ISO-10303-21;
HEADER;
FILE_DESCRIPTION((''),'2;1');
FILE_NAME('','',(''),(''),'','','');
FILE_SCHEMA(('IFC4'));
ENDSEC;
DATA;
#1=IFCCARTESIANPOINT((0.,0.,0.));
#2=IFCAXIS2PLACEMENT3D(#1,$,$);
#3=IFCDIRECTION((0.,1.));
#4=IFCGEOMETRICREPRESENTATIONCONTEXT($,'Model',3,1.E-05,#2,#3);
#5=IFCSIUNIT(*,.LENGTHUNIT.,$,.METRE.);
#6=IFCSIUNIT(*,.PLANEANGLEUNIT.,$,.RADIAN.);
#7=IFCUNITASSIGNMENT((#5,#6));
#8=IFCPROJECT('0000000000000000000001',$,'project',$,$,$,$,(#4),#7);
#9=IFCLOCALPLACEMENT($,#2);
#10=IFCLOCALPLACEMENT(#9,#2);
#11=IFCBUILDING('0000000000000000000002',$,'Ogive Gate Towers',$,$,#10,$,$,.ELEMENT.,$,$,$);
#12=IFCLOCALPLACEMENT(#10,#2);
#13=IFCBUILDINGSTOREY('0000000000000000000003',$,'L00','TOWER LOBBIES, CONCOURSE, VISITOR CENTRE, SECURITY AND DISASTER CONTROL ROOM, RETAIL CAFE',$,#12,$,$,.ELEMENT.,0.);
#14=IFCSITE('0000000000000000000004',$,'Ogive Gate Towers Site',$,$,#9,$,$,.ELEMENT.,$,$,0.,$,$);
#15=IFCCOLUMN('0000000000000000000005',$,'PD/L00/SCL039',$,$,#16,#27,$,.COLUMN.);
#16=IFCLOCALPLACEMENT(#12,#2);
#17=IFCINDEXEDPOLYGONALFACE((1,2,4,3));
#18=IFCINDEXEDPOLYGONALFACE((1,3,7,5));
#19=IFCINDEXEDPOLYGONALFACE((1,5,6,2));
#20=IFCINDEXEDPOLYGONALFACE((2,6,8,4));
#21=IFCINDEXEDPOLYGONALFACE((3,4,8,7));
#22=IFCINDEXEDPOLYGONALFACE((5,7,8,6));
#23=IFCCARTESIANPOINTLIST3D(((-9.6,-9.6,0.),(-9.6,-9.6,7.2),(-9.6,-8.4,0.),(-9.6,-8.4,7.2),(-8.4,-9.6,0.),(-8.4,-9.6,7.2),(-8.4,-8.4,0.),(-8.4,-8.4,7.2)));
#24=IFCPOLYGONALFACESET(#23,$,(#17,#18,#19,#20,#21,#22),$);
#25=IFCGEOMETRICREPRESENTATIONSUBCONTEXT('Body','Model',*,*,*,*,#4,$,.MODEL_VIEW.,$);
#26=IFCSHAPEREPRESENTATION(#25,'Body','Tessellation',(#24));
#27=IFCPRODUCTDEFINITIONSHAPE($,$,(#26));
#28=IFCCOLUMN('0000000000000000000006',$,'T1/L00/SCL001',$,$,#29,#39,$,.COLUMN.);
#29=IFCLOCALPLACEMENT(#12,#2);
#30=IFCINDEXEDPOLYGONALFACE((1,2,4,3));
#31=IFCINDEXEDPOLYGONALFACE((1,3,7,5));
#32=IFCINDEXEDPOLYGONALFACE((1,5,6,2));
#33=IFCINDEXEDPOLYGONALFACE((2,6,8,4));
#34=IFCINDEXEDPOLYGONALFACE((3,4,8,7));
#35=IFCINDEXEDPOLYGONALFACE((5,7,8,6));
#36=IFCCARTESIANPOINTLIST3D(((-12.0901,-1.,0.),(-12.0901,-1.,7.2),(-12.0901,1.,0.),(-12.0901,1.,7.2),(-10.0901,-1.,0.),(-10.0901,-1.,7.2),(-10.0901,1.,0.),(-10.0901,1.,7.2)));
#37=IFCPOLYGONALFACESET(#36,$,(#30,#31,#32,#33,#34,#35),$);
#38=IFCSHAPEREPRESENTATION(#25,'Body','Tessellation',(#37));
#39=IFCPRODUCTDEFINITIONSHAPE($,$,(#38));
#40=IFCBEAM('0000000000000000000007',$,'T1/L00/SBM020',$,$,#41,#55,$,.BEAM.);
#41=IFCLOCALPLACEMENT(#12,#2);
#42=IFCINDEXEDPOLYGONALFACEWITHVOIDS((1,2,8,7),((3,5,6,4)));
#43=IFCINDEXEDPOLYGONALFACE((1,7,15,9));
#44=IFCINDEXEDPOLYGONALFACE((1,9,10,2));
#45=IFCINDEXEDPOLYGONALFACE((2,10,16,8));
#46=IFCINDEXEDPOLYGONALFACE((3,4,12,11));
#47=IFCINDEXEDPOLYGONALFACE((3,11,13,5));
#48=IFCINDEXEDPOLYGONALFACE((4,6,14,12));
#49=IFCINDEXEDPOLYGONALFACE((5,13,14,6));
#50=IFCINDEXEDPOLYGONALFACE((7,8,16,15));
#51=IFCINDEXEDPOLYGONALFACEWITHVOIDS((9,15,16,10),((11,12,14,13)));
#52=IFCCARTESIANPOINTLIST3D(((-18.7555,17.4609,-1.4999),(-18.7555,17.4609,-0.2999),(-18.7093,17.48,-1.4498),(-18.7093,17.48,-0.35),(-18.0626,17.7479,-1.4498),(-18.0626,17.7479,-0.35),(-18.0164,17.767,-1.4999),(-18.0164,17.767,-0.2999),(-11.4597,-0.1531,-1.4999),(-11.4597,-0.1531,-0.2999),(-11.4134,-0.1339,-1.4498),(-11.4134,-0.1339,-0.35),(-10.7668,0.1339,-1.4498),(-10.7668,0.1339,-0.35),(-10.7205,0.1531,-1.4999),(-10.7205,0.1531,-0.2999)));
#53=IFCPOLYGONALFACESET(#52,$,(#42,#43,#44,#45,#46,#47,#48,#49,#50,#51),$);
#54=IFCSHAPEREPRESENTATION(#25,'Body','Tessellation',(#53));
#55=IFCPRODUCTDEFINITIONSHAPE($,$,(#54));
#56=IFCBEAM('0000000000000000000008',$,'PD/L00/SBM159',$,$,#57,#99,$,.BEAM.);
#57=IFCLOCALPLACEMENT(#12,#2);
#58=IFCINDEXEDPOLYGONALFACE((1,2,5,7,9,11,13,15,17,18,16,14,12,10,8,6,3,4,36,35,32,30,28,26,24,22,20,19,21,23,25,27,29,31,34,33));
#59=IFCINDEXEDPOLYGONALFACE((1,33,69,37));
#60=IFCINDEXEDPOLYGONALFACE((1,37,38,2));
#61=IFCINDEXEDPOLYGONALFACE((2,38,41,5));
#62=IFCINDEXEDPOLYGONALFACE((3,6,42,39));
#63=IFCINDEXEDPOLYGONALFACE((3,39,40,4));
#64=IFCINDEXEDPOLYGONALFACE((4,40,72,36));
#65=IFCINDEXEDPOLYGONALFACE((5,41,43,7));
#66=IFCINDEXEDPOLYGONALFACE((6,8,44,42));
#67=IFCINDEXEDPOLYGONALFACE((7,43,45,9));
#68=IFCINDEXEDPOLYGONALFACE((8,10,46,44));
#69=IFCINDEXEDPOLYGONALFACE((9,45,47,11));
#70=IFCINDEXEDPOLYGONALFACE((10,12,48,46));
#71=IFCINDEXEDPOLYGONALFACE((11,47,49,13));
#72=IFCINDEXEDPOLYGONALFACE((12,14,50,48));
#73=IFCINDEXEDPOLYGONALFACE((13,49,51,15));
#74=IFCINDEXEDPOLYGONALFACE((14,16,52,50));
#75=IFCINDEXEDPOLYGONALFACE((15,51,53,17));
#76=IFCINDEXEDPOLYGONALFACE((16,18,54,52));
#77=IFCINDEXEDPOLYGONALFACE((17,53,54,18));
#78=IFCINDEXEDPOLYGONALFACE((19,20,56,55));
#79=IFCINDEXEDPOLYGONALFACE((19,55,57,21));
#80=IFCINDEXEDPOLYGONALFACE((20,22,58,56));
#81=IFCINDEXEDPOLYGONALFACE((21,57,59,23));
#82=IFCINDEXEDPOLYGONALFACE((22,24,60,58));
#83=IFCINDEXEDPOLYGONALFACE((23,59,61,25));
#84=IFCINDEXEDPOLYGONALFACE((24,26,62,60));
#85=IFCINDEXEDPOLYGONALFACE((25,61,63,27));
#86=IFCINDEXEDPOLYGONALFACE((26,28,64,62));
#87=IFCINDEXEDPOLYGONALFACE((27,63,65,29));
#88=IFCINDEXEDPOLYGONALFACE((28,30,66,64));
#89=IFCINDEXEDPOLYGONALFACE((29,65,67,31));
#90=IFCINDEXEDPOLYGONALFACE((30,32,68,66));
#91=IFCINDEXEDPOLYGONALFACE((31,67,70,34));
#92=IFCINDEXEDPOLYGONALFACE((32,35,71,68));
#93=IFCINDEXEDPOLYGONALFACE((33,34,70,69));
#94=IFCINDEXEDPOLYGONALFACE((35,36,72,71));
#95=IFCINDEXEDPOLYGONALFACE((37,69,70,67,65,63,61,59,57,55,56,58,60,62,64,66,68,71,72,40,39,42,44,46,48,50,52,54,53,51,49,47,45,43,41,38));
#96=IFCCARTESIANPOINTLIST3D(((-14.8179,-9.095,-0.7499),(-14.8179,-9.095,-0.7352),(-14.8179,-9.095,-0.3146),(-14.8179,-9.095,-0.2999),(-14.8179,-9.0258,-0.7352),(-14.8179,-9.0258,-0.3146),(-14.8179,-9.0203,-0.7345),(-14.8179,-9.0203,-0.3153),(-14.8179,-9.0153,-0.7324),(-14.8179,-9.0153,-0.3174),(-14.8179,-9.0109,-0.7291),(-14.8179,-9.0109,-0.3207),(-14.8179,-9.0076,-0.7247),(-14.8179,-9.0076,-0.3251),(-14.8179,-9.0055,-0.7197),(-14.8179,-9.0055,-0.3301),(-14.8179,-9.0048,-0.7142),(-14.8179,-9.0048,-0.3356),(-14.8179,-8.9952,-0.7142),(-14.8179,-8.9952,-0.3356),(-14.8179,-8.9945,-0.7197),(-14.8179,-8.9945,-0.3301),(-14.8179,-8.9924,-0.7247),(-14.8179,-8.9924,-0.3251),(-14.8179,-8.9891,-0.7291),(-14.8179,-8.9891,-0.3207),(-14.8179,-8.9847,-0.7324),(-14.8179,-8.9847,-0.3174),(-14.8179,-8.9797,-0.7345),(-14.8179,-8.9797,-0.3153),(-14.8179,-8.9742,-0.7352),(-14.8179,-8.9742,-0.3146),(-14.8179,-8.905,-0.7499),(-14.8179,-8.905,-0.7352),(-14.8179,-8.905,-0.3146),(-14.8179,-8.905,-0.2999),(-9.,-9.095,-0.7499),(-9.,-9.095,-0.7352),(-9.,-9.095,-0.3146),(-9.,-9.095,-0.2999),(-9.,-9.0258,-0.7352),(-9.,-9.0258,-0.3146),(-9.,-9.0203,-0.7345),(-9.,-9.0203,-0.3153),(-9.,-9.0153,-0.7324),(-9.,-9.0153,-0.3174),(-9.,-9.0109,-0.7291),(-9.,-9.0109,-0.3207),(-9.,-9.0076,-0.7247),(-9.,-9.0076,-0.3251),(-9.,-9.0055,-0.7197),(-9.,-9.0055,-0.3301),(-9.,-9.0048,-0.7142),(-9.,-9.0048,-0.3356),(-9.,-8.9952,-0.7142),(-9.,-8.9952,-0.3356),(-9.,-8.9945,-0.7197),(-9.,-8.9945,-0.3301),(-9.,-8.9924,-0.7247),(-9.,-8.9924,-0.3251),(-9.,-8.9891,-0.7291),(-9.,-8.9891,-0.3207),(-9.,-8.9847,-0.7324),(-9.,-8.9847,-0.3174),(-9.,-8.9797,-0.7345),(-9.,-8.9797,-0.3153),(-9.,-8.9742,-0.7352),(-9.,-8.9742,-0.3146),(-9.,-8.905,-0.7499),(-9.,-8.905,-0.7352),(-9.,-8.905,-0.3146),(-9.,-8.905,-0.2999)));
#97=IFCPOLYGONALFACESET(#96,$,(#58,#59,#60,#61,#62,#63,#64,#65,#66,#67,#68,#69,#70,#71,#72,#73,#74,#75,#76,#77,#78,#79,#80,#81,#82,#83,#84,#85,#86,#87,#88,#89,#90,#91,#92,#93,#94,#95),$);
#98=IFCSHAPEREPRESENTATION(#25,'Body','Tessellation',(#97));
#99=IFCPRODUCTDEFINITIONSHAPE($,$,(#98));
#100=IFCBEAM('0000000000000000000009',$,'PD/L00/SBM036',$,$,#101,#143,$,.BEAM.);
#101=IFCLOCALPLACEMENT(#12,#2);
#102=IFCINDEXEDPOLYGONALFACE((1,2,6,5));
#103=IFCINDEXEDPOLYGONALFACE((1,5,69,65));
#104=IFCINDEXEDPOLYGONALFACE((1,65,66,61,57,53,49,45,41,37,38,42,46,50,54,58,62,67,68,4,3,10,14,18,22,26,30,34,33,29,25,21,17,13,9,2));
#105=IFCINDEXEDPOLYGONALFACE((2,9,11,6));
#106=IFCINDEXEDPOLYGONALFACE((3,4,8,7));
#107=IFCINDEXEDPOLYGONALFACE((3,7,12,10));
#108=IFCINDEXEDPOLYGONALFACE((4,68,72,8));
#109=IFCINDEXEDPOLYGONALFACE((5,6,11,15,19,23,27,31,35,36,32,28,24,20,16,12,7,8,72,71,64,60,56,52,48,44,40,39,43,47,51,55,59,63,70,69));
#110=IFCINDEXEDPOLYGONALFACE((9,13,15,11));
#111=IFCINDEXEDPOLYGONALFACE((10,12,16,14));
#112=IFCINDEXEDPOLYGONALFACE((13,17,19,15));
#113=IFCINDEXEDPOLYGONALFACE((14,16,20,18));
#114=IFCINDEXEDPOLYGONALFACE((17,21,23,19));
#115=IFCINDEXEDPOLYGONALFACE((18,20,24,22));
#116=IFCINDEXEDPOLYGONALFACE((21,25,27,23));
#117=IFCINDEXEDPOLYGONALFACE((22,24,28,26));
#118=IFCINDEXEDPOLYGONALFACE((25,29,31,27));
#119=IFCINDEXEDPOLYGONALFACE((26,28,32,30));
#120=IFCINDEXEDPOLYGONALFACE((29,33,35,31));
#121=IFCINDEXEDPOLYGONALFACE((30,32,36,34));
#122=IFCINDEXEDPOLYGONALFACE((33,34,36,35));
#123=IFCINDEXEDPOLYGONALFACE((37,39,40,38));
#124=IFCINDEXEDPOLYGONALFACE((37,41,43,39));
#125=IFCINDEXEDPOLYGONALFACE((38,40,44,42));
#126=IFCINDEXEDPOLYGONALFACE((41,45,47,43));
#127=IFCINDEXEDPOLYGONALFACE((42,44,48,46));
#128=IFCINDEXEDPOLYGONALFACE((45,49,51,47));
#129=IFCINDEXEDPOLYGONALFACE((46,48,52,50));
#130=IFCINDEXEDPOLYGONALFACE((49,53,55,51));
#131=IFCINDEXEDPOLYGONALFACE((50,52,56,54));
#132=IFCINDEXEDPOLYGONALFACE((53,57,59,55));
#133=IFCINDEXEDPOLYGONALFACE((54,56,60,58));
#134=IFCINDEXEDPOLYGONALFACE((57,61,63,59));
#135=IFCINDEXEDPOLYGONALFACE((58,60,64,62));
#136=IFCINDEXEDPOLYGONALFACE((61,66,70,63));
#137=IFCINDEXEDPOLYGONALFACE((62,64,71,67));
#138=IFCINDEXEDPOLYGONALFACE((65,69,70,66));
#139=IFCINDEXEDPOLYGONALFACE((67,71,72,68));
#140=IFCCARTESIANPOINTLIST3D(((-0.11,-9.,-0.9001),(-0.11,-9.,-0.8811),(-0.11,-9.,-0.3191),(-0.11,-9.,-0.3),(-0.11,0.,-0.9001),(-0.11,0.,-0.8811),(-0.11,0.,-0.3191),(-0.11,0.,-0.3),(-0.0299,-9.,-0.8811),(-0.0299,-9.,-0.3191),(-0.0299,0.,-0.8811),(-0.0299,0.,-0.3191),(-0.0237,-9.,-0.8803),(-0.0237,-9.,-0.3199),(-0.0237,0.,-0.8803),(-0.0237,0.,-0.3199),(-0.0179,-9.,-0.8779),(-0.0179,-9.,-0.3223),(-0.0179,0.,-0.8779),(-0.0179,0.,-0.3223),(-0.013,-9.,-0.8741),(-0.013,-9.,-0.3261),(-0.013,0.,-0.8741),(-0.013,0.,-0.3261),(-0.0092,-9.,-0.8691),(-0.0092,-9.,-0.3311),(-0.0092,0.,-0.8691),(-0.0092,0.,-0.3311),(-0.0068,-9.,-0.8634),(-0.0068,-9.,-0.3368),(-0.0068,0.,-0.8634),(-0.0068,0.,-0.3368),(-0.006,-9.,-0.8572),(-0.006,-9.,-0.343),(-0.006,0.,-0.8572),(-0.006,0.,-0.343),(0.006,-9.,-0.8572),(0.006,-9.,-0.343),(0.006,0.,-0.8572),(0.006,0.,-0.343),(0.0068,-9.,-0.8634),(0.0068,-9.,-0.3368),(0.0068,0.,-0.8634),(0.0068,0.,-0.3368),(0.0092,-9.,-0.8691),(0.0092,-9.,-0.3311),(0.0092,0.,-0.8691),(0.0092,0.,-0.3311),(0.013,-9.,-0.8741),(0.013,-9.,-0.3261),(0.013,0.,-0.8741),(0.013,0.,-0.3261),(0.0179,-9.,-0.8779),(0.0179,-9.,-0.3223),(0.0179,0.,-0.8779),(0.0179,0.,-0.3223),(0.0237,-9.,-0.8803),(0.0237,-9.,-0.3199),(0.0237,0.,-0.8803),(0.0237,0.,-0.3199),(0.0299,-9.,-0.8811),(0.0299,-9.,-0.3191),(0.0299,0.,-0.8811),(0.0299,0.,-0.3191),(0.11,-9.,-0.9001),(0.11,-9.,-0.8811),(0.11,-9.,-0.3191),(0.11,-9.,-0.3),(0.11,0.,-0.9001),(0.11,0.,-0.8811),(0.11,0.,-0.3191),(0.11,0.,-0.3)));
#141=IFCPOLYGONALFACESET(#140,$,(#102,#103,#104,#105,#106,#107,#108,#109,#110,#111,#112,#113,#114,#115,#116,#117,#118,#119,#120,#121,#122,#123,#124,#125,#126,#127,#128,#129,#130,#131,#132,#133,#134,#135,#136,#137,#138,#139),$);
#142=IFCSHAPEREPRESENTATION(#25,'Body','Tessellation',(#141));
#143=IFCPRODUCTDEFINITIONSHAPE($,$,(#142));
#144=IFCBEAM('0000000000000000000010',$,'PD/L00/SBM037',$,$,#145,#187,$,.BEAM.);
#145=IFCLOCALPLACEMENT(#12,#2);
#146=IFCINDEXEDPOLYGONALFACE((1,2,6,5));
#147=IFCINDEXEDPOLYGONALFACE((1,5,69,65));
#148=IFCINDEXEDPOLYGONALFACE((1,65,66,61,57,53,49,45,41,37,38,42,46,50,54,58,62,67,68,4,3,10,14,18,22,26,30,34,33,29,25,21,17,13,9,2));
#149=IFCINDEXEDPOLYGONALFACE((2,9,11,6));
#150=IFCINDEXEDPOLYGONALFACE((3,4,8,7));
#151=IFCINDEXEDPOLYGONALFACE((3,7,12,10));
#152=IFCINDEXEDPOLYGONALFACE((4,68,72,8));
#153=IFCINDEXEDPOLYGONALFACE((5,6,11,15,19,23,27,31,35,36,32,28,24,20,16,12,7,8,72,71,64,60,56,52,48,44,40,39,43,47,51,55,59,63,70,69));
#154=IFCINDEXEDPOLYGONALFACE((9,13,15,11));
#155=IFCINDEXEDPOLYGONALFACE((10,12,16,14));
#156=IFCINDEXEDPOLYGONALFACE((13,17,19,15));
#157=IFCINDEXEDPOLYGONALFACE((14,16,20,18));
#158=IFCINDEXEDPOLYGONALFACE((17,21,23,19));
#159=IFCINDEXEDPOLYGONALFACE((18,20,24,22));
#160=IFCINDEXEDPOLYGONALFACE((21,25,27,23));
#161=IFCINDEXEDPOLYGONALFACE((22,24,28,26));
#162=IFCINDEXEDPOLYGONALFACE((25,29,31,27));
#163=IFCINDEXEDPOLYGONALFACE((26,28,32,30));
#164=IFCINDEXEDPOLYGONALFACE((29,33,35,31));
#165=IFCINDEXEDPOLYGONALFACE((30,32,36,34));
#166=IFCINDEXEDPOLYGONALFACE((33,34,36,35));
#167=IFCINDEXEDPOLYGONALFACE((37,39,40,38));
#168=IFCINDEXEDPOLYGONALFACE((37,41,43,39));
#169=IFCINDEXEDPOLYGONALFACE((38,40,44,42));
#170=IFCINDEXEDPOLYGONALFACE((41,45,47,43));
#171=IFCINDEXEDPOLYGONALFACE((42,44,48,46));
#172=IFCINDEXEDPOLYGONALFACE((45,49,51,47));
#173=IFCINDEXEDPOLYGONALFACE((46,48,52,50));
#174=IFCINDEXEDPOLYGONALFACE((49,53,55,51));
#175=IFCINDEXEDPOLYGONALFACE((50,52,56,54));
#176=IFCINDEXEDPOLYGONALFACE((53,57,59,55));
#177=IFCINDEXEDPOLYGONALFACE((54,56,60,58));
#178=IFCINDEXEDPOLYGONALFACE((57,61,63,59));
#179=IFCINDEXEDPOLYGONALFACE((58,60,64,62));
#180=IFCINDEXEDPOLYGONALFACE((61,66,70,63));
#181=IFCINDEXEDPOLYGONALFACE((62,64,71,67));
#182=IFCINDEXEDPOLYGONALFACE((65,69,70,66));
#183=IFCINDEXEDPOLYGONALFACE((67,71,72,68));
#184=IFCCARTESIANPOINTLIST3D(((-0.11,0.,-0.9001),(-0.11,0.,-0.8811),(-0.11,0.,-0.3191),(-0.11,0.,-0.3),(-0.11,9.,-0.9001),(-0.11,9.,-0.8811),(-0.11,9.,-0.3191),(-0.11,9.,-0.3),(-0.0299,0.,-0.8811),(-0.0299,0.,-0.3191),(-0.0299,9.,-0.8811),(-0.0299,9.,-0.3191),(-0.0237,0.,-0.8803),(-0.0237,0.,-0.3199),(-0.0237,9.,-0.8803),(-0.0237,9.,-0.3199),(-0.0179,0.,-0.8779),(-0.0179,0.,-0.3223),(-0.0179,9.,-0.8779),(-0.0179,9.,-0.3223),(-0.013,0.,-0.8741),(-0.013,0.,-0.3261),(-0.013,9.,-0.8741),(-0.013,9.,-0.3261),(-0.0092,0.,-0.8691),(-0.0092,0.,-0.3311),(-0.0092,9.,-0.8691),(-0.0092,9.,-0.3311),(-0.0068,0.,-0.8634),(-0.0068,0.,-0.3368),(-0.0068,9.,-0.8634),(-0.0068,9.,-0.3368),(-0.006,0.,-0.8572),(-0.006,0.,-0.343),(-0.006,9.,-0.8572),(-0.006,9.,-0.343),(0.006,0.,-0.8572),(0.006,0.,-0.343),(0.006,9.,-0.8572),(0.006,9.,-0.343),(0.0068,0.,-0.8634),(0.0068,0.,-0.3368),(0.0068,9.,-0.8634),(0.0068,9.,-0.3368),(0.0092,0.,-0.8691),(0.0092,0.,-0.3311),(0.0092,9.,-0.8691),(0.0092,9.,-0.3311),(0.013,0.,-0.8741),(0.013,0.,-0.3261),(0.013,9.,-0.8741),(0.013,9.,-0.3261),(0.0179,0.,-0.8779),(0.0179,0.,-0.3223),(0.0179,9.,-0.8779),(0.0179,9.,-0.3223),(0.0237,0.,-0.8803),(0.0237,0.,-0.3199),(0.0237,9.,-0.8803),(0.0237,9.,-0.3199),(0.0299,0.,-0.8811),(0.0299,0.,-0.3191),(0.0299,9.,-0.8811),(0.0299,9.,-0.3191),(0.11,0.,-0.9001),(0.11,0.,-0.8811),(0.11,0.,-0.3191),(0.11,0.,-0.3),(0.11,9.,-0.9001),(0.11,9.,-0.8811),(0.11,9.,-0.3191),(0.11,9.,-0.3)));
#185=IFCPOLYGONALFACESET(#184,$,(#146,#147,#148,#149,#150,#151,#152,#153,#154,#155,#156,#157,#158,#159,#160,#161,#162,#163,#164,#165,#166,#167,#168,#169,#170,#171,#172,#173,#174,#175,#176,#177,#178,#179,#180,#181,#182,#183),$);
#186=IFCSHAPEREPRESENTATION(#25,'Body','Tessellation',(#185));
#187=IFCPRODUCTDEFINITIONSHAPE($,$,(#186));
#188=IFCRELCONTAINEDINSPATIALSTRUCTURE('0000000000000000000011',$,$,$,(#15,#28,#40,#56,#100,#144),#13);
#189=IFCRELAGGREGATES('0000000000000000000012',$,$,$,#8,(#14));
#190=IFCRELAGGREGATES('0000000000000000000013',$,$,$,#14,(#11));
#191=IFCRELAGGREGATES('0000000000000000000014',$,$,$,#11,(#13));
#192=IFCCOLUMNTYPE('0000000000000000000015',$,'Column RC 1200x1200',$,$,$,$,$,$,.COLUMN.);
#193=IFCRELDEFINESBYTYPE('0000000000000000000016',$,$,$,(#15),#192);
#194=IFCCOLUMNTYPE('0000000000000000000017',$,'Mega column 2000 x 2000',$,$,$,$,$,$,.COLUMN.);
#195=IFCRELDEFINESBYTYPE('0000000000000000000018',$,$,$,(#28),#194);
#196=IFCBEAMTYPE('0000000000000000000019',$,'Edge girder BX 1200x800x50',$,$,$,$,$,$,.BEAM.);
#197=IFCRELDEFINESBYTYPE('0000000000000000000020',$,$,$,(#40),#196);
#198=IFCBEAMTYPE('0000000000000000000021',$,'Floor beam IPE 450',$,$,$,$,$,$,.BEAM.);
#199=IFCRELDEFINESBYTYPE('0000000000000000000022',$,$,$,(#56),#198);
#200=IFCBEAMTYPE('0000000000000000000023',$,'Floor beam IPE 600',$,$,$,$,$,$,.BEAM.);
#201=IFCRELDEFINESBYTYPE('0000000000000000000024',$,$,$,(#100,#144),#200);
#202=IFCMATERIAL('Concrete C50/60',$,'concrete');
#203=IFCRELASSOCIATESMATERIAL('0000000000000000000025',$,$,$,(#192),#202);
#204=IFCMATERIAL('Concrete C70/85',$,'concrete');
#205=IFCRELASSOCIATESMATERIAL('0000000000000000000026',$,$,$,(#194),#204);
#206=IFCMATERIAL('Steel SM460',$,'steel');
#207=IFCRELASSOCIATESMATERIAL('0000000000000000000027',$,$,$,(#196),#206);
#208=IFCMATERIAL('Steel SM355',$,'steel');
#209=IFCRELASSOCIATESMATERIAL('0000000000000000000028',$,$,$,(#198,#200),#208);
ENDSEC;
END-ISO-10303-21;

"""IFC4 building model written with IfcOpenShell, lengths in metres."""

from ifc_helpers import new_model, si_unit, direction, frame, origin, origin_2d, place, context, subcontext, project, spatial, rectangle, hollow_rectangle, i_section, extrude, material, material_profile, profile_set, type_object, element, save


model = new_model("IFC4")

# Units and contexts
model_context = context("Model", 3, precision=1e-05, world=origin(), true_north=direction((0.0, 1.0)))
body_context = subcontext(model_context, "Body", "Model", "MODEL_VIEW")
ifc_project = project(units=[si_unit("LENGTHUNIT", "METRE"), si_unit("PLANEANGLEUNIT", "RADIAN")], contexts=[model_context])

# Site, building, storey
site_placement = place(None, origin())
site = spatial("IfcSite", under=ifc_project, at=site_placement, Name="Ogive Gate Towers Site", CompositionType="ELEMENT", RefElevation=0.0)
building_placement = place(site_placement, origin())
building = spatial("IfcBuilding", under=site, at=building_placement, Name="Ogive Gate Towers", CompositionType="ELEMENT")
storey_placement = place(building_placement, origin())
storey = spatial("IfcBuildingStorey", under=building, at=storey_placement, Name="L00", Description="TOWER LOBBIES, CONCOURSE, VISITOR CENTRE, SECURITY AND DISASTER CONTROL ROOM, RETAIL CAFE", CompositionType="ELEMENT", Elevation=0.0)

# Columns
ifc_material_1 = material(Name="Concrete C50/60", Category="concrete")
ifc_material_profile_1 = material_profile(ifc_material_1, rectangle(XDim=1.2, YDim=1.2, at=origin_2d()), Name="RC 1200x1200")
ifc_profile_set_1 = profile_set([ifc_material_profile_1], Name="Concrete C50/60")
column_type_1 = type_object("IfcColumnType", Name="Column RC 1200x1200", PredefinedType="COLUMN", material=ifc_profile_set_1)
column_1_placement = place(storey_placement, frame((-9.0, -9.0, 0.0), z_axis=(0.0, 0.0, 1.0), x_axis=(1.0, 0.0, 0.0)))
element("IfcColumn", 1, at=column_1_placement, inside=storey, type_object=column_type_1, Name="PD/L00/SCL039", PredefinedType="COLUMN", context=body_context, shape_type="SweptSolid", body=[
    extrude(rectangle(XDim=1.2, YDim=1.2, at=origin_2d()), origin(), (0.0, 0.0, 1.0), 7.2),
])
ifc_material_2 = material(Name="Concrete C70/85", Category="concrete")
ifc_material_profile_2 = material_profile(ifc_material_2, rectangle(XDim=2.0, YDim=2.0, at=origin_2d()), Name="RC 2000x2000")
ifc_profile_set_2 = profile_set([ifc_material_profile_2], Name="Concrete C70/85")
column_type_2 = type_object("IfcColumnType", Name="Mega column 2000 x 2000", PredefinedType="COLUMN", material=ifc_profile_set_2)
column_2_placement = place(storey_placement, frame((-11.0901, 0.0, 0.0), z_axis=(0.0, 0.0, 1.0), x_axis=(1.0, 0.0, 0.0)))
element("IfcColumn", 2, at=column_2_placement, inside=storey, type_object=column_type_2, Name="T1/L00/SCL001", PredefinedType="COLUMN", context=body_context, shape_type="SweptSolid", body=[
    extrude(rectangle(XDim=2.0, YDim=2.0, at=origin_2d()), origin(), (0.0, 0.0, 1.0), 7.2),
])

# Beams
ifc_material_3 = material(Name="Steel SM460", Category="steel")
ifc_material_profile_3 = material_profile(ifc_material_3, hollow_rectangle(XDim=0.8, YDim=1.2, WallThickness=0.05, at=origin_2d()), Name="BX 1200x800x50")
ifc_profile_set_3 = profile_set([ifc_material_profile_3], Name="Steel SM460")
beam_type_1 = type_object("IfcBeamType", Name="Edge girder BX 1200x800x50", PredefinedType="BEAM", material=ifc_profile_set_3)
beam_1_placement = place(storey_placement, frame((-11.0901, 0.0, -0.8999), z_axis=(-0.382681, 0.923881, 0.0), x_axis=(-0.923881, -0.382681, 0.0)))
element("IfcBeam", 3, at=beam_1_placement, inside=storey, type_object=beam_type_1, Name="T1/L00/SBM020", PredefinedType="BEAM", context=body_context, shape_type="SweptSolid", body=[
    extrude(hollow_rectangle(XDim=0.8, YDim=1.2, WallThickness=0.05, at=origin_2d()), origin(), (0.0, 0.0, 1.0), 19.0652),
])
ifc_material_4 = material(Name="Steel SM355", Category="steel")
ifc_material_profile_4 = material_profile(ifc_material_4, i_section(OverallWidth=0.1899, OverallDepth=0.45, WebThickness=0.0095, FlangeThickness=0.0146, FilletRadius=0.021, at=origin_2d()), Name="IPE 450")
ifc_profile_set_4 = profile_set([ifc_material_profile_4], Name="Steel SM355")
beam_type_2 = type_object("IfcBeamType", Name="Floor beam IPE 450", PredefinedType="BEAM", material=ifc_profile_set_4)
beam_2_placement = place(storey_placement, frame((-9.0, -9.0, -0.5249), z_axis=(-1.0, 0.0, 0.0), x_axis=(0.0, -1.0, 0.0)))
element("IfcBeam", 4, at=beam_2_placement, inside=storey, type_object=beam_type_2, Name="PD/L00/SBM159", PredefinedType="BEAM", context=body_context, shape_type="SweptSolid", body=[
    extrude(i_section(OverallWidth=0.1899, OverallDepth=0.45, WebThickness=0.0095, FlangeThickness=0.0146, FilletRadius=0.021, at=origin_2d()), origin(), (0.0, 0.0, 1.0), 5.8179),
])
ifc_material_profile_5 = material_profile(ifc_material_4, i_section(OverallWidth=0.22, OverallDepth=0.6001, WebThickness=0.012, FlangeThickness=0.019, FilletRadius=0.0239, at=origin_2d()), Name="IPE 600")
ifc_profile_set_5 = profile_set([ifc_material_profile_5], Name="Steel SM355")
beam_type_3 = type_object("IfcBeamType", Name="Floor beam IPE 600", PredefinedType="BEAM", material=ifc_profile_set_5)
for number, where, z_axis, x_axis, name in (
    (5, (0.0, -9.0, -0.6001), (0.0, 1.0, 0.0), (-1.0, 0.0, 0.0), "PD/L00/SBM036"),
    (6, (0.0, 0.0, -0.6001), (0.0, 1.0, 0.0), (-1.0, 0.0, 0.0), "PD/L00/SBM037"),
):
    element("IfcBeam", number, at=place(storey_placement, frame(where, z_axis=z_axis, x_axis=x_axis)), inside=storey, type_object=beam_type_3, Name=name, PredefinedType="BEAM", context=body_context, shape_type="SweptSolid", body=[
        extrude(i_section(OverallWidth=0.22, OverallDepth=0.6001, WebThickness=0.012, FlangeThickness=0.019, FilletRadius=0.0239, at=origin_2d()), origin(), (0.0, 0.0, 1.0), 9.0),
    ])

save(model, "model.ifc")
